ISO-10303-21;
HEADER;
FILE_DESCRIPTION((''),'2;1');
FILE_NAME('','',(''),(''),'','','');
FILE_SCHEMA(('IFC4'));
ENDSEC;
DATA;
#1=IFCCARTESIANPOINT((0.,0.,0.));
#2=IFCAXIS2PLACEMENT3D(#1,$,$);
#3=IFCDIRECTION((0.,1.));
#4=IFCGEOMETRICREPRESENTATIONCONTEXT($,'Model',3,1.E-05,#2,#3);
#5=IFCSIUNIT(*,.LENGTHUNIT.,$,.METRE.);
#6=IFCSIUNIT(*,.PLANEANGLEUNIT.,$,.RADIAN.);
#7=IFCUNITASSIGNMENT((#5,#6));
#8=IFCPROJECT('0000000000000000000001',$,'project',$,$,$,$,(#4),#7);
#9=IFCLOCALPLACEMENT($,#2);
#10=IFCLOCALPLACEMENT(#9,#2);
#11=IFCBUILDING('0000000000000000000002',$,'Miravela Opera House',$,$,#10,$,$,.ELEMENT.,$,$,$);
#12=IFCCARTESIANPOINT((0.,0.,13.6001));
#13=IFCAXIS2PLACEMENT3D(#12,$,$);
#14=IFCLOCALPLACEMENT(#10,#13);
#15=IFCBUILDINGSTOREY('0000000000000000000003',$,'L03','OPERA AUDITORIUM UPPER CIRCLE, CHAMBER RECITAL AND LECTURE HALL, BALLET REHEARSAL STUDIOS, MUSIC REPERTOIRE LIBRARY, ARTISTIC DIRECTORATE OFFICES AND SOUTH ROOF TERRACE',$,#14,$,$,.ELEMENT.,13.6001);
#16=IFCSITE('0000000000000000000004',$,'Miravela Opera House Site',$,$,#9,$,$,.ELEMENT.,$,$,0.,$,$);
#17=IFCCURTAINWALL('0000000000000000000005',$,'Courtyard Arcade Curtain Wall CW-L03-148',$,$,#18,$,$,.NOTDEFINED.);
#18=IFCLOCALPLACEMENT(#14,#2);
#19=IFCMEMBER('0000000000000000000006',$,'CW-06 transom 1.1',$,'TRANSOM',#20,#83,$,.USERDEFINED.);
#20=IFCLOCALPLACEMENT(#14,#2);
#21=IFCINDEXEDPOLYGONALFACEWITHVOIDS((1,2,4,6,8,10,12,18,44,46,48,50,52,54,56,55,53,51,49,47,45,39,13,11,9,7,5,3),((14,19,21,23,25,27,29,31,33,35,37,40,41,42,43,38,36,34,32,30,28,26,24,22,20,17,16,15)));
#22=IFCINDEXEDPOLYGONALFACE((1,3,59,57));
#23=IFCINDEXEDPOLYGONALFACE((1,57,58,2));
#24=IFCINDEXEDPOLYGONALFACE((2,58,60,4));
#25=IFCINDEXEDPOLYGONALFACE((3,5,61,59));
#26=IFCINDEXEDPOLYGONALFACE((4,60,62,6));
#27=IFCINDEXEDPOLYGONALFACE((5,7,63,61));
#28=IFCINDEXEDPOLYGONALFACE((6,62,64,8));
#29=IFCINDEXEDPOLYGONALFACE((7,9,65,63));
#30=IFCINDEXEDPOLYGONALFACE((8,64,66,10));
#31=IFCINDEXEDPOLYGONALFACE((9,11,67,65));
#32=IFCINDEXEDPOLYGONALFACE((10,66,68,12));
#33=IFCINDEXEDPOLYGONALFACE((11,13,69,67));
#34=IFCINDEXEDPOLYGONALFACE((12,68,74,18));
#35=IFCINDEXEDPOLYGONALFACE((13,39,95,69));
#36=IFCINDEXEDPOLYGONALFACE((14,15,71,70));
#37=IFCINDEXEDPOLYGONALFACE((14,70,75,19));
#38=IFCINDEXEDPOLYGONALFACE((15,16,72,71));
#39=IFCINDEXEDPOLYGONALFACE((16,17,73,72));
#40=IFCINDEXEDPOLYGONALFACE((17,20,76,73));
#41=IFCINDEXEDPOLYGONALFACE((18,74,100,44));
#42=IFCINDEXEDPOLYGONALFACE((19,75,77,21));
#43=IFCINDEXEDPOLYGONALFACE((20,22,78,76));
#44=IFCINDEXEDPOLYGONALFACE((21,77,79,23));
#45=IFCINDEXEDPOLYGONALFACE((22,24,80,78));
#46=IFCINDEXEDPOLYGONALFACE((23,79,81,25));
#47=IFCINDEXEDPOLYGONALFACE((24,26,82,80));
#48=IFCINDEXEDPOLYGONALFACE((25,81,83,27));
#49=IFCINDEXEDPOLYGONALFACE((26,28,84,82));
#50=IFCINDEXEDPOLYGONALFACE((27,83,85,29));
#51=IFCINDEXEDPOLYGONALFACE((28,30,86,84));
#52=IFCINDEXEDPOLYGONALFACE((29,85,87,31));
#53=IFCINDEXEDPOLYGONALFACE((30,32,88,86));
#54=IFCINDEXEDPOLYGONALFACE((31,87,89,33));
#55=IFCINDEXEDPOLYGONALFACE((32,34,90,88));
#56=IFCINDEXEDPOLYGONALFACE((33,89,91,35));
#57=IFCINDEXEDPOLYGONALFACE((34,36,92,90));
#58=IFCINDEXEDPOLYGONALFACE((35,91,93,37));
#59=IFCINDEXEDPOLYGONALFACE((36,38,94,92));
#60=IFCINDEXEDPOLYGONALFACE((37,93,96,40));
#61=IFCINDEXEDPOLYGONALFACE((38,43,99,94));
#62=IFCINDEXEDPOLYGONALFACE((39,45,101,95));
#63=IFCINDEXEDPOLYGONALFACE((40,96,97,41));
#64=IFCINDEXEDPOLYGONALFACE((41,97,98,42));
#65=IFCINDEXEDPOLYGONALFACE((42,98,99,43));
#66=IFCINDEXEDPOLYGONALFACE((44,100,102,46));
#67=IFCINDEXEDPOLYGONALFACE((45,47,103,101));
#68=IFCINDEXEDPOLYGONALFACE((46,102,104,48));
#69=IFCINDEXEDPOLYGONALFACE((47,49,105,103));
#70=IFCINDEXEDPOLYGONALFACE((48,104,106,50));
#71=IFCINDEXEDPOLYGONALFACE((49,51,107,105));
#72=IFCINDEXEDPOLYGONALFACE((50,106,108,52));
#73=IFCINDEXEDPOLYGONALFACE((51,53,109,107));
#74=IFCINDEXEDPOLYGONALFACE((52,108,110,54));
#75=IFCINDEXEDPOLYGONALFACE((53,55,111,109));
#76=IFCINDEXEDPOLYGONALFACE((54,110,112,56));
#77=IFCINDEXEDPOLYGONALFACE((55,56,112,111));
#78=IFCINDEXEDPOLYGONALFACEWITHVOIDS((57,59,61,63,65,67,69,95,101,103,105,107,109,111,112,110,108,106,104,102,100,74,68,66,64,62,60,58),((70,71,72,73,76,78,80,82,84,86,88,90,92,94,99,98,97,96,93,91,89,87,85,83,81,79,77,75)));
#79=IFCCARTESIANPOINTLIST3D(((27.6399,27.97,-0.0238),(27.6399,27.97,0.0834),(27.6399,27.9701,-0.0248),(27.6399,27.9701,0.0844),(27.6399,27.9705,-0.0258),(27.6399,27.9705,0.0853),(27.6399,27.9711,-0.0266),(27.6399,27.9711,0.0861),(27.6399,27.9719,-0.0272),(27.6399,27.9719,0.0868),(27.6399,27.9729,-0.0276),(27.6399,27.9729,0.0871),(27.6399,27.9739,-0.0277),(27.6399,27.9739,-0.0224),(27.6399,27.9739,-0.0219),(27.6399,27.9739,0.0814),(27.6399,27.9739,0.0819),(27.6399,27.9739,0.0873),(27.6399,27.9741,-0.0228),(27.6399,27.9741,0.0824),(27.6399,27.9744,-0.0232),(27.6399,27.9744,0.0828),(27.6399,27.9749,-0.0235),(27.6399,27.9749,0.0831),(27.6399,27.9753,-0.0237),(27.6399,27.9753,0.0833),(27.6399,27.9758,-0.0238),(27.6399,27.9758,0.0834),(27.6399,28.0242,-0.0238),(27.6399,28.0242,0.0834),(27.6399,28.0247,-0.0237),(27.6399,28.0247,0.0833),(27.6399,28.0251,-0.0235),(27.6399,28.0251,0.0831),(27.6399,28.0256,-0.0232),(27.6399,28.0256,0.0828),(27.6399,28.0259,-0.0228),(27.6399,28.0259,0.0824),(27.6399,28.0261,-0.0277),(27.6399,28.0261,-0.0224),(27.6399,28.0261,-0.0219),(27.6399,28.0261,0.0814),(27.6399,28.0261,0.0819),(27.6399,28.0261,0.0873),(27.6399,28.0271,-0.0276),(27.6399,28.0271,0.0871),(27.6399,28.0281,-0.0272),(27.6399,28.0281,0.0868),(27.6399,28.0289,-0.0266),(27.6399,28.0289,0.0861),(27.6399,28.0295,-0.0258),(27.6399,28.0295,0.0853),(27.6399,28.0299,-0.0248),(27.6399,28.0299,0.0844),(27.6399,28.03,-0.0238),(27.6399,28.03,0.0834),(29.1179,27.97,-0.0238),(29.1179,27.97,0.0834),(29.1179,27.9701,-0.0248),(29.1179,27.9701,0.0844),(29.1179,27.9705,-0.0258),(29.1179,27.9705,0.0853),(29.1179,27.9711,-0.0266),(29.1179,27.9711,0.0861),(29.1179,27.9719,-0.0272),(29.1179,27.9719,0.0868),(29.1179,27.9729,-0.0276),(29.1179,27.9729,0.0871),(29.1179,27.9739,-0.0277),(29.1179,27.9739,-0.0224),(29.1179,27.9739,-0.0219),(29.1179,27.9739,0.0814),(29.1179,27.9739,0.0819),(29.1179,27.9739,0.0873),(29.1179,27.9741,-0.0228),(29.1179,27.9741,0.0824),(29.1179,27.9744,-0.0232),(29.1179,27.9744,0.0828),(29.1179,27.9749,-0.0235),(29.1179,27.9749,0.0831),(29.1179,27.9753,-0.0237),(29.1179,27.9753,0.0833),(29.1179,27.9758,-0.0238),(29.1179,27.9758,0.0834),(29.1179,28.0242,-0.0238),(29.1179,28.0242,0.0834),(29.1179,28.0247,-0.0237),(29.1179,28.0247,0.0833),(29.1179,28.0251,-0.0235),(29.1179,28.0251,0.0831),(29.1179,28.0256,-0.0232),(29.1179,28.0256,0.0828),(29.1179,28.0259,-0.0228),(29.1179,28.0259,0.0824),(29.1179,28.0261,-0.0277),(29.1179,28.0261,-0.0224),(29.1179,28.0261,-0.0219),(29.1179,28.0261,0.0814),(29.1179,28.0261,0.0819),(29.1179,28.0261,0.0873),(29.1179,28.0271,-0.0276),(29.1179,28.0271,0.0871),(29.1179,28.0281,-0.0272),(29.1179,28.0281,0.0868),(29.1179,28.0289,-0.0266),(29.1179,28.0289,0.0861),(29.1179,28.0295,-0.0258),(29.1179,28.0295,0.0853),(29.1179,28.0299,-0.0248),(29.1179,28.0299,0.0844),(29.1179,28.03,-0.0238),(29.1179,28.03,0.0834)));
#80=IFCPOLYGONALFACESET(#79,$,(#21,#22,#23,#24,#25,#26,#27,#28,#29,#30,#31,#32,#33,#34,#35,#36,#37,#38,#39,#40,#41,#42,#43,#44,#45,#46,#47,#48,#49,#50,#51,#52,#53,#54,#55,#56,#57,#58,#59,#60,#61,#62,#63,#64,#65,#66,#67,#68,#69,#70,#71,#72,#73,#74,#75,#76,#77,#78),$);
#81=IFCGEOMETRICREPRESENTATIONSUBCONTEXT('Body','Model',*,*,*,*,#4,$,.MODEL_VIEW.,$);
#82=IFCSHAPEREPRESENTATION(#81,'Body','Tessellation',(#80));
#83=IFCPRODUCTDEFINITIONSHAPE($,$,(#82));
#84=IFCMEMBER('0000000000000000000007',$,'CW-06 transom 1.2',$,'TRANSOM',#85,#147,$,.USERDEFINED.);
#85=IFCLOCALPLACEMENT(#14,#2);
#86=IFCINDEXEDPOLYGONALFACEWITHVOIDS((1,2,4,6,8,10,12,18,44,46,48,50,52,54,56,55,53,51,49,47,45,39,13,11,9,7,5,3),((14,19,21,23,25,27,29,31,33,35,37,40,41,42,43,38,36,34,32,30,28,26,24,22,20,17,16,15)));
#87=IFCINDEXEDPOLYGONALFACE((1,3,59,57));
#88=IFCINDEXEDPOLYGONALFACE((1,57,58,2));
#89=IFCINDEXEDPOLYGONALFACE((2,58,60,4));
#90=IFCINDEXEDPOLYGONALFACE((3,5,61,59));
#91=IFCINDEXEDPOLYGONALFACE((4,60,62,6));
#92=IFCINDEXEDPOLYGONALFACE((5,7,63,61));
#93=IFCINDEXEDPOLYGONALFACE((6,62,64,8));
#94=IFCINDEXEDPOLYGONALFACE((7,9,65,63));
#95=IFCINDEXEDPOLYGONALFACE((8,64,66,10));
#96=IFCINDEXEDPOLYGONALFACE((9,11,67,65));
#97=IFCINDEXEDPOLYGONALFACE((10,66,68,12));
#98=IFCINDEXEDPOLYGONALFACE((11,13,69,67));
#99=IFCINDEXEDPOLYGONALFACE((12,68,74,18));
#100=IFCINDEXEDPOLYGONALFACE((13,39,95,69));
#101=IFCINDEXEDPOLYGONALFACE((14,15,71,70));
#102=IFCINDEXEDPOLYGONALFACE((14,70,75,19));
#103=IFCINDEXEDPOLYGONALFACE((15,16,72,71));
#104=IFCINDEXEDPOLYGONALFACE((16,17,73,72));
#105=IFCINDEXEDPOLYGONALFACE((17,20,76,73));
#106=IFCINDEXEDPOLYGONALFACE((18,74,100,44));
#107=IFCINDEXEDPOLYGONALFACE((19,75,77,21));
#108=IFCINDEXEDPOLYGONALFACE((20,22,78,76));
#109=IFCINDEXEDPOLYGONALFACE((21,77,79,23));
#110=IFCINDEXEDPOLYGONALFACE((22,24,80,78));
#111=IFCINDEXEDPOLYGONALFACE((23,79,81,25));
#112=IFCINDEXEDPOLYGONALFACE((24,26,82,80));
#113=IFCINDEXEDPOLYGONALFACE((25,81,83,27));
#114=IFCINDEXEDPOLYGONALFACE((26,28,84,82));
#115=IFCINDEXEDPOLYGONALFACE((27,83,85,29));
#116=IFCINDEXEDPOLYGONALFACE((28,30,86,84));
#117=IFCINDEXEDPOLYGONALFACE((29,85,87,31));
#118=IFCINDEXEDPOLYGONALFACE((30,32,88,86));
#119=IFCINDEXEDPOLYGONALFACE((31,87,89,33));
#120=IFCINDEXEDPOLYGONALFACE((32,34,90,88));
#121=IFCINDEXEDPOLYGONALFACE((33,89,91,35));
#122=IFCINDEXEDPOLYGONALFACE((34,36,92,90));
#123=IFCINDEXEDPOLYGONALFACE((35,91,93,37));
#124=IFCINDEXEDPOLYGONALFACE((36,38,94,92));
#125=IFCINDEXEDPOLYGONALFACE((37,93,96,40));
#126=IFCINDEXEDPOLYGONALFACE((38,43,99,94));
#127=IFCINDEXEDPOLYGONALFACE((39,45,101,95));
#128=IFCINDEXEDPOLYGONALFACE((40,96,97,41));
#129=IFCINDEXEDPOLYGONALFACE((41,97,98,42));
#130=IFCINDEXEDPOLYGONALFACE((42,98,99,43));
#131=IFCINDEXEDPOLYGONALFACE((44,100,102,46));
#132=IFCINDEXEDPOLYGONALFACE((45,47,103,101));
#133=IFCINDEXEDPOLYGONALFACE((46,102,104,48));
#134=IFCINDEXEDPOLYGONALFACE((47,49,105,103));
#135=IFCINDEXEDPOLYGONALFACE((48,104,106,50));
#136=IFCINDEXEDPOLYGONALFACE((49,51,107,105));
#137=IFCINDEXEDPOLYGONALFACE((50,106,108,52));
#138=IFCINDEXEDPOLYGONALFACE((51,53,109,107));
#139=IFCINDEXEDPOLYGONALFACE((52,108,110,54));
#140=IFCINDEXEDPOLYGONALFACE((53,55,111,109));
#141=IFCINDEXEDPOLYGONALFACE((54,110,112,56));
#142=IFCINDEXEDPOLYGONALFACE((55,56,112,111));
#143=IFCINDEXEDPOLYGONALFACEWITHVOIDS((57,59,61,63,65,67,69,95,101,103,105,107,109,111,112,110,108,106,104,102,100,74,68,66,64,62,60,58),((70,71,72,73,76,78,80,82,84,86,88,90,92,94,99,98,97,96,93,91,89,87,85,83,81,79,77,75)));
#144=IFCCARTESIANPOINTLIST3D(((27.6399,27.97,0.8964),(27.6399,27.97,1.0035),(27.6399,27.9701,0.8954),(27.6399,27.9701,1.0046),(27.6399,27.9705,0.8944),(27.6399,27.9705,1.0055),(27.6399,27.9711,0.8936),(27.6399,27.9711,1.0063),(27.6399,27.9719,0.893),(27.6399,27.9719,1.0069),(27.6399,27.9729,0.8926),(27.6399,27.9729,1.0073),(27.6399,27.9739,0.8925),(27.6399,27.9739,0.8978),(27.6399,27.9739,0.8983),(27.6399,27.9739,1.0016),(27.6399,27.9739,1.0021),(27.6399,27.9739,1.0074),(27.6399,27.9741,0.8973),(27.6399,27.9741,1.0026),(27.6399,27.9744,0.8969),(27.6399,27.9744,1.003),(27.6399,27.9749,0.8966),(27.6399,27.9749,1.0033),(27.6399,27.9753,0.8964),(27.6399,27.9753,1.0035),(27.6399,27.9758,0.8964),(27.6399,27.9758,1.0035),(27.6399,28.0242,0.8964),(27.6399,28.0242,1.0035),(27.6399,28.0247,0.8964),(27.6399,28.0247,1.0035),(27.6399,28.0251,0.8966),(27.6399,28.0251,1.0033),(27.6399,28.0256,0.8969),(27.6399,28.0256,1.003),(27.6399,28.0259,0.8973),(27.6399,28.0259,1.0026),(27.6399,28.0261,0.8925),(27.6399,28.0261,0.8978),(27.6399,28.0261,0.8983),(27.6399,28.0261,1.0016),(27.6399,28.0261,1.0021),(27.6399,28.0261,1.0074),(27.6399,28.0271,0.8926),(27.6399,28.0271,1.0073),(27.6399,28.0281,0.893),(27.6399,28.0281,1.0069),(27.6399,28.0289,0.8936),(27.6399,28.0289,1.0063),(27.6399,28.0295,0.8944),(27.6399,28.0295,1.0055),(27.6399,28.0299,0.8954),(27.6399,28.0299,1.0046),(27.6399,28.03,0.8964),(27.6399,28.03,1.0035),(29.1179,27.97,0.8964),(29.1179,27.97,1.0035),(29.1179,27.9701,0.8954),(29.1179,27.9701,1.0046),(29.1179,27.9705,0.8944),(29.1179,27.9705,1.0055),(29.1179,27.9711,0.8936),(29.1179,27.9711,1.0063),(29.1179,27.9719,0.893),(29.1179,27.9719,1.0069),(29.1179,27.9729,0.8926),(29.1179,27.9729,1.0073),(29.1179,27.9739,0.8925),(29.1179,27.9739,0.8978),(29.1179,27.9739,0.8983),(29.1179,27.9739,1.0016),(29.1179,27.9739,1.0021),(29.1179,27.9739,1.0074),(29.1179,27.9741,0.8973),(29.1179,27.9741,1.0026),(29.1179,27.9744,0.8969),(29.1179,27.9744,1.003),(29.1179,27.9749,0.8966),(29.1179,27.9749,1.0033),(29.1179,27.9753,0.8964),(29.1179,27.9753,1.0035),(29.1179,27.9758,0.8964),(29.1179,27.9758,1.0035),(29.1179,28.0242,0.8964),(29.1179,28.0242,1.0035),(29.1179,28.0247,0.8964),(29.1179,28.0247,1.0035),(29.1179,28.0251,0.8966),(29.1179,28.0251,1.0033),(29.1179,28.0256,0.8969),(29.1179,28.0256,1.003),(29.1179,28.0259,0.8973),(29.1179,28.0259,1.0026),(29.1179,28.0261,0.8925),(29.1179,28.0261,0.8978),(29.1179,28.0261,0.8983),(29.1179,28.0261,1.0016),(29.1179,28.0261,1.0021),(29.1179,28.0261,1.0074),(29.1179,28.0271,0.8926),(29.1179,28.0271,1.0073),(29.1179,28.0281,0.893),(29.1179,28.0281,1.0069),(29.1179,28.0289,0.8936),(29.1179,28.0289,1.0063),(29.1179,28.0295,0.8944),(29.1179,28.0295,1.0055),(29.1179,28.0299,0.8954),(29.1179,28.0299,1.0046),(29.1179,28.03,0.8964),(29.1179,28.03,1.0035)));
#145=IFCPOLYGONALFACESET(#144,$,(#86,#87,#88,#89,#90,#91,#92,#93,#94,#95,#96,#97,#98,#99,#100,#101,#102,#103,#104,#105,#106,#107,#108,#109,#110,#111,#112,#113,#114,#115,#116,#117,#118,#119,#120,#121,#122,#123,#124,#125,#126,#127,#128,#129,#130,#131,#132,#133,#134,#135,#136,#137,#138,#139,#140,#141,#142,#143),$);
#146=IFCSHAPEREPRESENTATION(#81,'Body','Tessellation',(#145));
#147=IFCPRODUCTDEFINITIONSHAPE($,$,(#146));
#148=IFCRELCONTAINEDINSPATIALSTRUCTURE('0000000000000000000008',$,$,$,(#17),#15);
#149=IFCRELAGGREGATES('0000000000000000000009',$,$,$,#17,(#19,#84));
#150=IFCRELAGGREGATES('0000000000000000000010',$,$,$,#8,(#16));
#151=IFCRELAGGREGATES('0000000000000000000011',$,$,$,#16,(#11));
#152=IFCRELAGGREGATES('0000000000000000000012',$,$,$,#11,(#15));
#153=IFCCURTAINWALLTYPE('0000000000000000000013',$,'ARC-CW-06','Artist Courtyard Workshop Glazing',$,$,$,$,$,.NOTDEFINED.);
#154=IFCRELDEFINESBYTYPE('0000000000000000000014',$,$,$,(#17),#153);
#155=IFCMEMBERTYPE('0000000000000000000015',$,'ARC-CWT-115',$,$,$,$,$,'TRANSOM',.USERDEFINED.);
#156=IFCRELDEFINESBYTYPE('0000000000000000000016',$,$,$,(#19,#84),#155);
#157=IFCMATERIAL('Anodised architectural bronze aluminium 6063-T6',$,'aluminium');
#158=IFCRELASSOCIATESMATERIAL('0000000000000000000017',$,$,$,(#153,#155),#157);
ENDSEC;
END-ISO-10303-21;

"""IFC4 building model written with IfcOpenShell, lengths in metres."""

from ifc_helpers import new_model, si_unit, direction, frame, origin, origin_2d, place, context, subcontext, project, spatial, hollow_rectangle, extrude, material, material_profile, profile_set, type_object, element, aggregate, save


model = new_model("IFC4")

# Units and contexts
model_context = context("Model", 3, precision=1e-05, world=origin(), true_north=direction((0.0, 1.0)))
body_context = subcontext(model_context, "Body", "Model", "MODEL_VIEW")
ifc_project = project(units=[si_unit("LENGTHUNIT", "METRE"), si_unit("PLANEANGLEUNIT", "RADIAN")], contexts=[model_context])

# Site, building, storey
site_placement = place(None, origin())
site = spatial("IfcSite", under=ifc_project, at=site_placement, Name="Miravela Opera House Site", CompositionType="ELEMENT", RefElevation=0.0)
building_placement = place(site_placement, origin())
building = spatial("IfcBuilding", under=site, at=building_placement, Name="Miravela Opera House", CompositionType="ELEMENT")
storey_placement = place(building_placement, frame((0.0, 0.0, 13.6001)))
storey = spatial("IfcBuildingStorey", under=building, at=storey_placement, Name="L03", Description="OPERA AUDITORIUM UPPER CIRCLE, CHAMBER RECITAL AND LECTURE HALL, BALLET REHEARSAL STUDIOS, MUSIC REPERTOIRE LIBRARY, ARTISTIC DIRECTORATE OFFICES AND SOUTH ROOF TERRACE", CompositionType="ELEMENT", Elevation=13.6001)

# Curtain wall
ifc_material_1 = material(Name="Anodised architectural bronze aluminium 6063-T6", Category="aluminium")
curtain_wall_type = type_object("IfcCurtainWallType", Name="ARC-CW-06", Description="Artist Courtyard Workshop Glazing", PredefinedType="NOTDEFINED", material=ifc_material_1)
curtain_wall_1_placement = place(storey_placement, origin())
curtain_wall_1 = element("IfcCurtainWall", 1, at=curtain_wall_1_placement, inside=storey, type_object=curtain_wall_type, Name="Courtyard Arcade Curtain Wall CW-L03-148", PredefinedType="NOTDEFINED")

# Members
ifc_material_profile_1 = material_profile(ifc_material_1, hollow_rectangle(XDim=0.0601, YDim=0.115, WallThickness=0.0039, InnerFilletRadius=0.002, OuterFilletRadius=0.0039, at=origin_2d()), Name="CWT-60X115")
ifc_profile_set_1 = profile_set([ifc_material_profile_1])
member_type_1 = type_object("IfcMemberType", Name="ARC-CWT-115", ElementType="TRANSOM", PredefinedType="USERDEFINED", material=ifc_profile_set_1)
member_1_placement = place(storey_placement, frame((27.6399, 28.0, 0.0298), z_axis=(1.0, 0.0, 0.0), x_axis=(0.0, 1.0, 0.0)))
member_1 = element("IfcMember", 2, at=member_1_placement, type_object=member_type_1, Name="CW-06 transom 1.1", ObjectType="TRANSOM", PredefinedType="USERDEFINED", context=body_context, shape_type="SweptSolid", body=[
    extrude(hollow_rectangle(XDim=0.0601, YDim=0.115, WallThickness=0.0039, InnerFilletRadius=0.002, OuterFilletRadius=0.0039, at=origin_2d()), origin(), (0.0, 0.0, 1.0), 1.478),
])
member_2_placement = place(storey_placement, frame((27.6399, 28.0, 0.95), z_axis=(1.0, 0.0, 0.0), x_axis=(0.0, 1.0, 0.0)))
member_2 = element("IfcMember", 3, at=member_2_placement, type_object=member_type_1, Name="CW-06 transom 1.2", ObjectType="TRANSOM", PredefinedType="USERDEFINED", context=body_context, shape_type="SweptSolid", body=[
    extrude(hollow_rectangle(XDim=0.0601, YDim=0.115, WallThickness=0.0039, InnerFilletRadius=0.002, OuterFilletRadius=0.0039, at=origin_2d()), origin(), (0.0, 0.0, 1.0), 1.478),
])
aggregate(curtain_wall_1, [member_1, member_2])

save(model, "model.ifc")
